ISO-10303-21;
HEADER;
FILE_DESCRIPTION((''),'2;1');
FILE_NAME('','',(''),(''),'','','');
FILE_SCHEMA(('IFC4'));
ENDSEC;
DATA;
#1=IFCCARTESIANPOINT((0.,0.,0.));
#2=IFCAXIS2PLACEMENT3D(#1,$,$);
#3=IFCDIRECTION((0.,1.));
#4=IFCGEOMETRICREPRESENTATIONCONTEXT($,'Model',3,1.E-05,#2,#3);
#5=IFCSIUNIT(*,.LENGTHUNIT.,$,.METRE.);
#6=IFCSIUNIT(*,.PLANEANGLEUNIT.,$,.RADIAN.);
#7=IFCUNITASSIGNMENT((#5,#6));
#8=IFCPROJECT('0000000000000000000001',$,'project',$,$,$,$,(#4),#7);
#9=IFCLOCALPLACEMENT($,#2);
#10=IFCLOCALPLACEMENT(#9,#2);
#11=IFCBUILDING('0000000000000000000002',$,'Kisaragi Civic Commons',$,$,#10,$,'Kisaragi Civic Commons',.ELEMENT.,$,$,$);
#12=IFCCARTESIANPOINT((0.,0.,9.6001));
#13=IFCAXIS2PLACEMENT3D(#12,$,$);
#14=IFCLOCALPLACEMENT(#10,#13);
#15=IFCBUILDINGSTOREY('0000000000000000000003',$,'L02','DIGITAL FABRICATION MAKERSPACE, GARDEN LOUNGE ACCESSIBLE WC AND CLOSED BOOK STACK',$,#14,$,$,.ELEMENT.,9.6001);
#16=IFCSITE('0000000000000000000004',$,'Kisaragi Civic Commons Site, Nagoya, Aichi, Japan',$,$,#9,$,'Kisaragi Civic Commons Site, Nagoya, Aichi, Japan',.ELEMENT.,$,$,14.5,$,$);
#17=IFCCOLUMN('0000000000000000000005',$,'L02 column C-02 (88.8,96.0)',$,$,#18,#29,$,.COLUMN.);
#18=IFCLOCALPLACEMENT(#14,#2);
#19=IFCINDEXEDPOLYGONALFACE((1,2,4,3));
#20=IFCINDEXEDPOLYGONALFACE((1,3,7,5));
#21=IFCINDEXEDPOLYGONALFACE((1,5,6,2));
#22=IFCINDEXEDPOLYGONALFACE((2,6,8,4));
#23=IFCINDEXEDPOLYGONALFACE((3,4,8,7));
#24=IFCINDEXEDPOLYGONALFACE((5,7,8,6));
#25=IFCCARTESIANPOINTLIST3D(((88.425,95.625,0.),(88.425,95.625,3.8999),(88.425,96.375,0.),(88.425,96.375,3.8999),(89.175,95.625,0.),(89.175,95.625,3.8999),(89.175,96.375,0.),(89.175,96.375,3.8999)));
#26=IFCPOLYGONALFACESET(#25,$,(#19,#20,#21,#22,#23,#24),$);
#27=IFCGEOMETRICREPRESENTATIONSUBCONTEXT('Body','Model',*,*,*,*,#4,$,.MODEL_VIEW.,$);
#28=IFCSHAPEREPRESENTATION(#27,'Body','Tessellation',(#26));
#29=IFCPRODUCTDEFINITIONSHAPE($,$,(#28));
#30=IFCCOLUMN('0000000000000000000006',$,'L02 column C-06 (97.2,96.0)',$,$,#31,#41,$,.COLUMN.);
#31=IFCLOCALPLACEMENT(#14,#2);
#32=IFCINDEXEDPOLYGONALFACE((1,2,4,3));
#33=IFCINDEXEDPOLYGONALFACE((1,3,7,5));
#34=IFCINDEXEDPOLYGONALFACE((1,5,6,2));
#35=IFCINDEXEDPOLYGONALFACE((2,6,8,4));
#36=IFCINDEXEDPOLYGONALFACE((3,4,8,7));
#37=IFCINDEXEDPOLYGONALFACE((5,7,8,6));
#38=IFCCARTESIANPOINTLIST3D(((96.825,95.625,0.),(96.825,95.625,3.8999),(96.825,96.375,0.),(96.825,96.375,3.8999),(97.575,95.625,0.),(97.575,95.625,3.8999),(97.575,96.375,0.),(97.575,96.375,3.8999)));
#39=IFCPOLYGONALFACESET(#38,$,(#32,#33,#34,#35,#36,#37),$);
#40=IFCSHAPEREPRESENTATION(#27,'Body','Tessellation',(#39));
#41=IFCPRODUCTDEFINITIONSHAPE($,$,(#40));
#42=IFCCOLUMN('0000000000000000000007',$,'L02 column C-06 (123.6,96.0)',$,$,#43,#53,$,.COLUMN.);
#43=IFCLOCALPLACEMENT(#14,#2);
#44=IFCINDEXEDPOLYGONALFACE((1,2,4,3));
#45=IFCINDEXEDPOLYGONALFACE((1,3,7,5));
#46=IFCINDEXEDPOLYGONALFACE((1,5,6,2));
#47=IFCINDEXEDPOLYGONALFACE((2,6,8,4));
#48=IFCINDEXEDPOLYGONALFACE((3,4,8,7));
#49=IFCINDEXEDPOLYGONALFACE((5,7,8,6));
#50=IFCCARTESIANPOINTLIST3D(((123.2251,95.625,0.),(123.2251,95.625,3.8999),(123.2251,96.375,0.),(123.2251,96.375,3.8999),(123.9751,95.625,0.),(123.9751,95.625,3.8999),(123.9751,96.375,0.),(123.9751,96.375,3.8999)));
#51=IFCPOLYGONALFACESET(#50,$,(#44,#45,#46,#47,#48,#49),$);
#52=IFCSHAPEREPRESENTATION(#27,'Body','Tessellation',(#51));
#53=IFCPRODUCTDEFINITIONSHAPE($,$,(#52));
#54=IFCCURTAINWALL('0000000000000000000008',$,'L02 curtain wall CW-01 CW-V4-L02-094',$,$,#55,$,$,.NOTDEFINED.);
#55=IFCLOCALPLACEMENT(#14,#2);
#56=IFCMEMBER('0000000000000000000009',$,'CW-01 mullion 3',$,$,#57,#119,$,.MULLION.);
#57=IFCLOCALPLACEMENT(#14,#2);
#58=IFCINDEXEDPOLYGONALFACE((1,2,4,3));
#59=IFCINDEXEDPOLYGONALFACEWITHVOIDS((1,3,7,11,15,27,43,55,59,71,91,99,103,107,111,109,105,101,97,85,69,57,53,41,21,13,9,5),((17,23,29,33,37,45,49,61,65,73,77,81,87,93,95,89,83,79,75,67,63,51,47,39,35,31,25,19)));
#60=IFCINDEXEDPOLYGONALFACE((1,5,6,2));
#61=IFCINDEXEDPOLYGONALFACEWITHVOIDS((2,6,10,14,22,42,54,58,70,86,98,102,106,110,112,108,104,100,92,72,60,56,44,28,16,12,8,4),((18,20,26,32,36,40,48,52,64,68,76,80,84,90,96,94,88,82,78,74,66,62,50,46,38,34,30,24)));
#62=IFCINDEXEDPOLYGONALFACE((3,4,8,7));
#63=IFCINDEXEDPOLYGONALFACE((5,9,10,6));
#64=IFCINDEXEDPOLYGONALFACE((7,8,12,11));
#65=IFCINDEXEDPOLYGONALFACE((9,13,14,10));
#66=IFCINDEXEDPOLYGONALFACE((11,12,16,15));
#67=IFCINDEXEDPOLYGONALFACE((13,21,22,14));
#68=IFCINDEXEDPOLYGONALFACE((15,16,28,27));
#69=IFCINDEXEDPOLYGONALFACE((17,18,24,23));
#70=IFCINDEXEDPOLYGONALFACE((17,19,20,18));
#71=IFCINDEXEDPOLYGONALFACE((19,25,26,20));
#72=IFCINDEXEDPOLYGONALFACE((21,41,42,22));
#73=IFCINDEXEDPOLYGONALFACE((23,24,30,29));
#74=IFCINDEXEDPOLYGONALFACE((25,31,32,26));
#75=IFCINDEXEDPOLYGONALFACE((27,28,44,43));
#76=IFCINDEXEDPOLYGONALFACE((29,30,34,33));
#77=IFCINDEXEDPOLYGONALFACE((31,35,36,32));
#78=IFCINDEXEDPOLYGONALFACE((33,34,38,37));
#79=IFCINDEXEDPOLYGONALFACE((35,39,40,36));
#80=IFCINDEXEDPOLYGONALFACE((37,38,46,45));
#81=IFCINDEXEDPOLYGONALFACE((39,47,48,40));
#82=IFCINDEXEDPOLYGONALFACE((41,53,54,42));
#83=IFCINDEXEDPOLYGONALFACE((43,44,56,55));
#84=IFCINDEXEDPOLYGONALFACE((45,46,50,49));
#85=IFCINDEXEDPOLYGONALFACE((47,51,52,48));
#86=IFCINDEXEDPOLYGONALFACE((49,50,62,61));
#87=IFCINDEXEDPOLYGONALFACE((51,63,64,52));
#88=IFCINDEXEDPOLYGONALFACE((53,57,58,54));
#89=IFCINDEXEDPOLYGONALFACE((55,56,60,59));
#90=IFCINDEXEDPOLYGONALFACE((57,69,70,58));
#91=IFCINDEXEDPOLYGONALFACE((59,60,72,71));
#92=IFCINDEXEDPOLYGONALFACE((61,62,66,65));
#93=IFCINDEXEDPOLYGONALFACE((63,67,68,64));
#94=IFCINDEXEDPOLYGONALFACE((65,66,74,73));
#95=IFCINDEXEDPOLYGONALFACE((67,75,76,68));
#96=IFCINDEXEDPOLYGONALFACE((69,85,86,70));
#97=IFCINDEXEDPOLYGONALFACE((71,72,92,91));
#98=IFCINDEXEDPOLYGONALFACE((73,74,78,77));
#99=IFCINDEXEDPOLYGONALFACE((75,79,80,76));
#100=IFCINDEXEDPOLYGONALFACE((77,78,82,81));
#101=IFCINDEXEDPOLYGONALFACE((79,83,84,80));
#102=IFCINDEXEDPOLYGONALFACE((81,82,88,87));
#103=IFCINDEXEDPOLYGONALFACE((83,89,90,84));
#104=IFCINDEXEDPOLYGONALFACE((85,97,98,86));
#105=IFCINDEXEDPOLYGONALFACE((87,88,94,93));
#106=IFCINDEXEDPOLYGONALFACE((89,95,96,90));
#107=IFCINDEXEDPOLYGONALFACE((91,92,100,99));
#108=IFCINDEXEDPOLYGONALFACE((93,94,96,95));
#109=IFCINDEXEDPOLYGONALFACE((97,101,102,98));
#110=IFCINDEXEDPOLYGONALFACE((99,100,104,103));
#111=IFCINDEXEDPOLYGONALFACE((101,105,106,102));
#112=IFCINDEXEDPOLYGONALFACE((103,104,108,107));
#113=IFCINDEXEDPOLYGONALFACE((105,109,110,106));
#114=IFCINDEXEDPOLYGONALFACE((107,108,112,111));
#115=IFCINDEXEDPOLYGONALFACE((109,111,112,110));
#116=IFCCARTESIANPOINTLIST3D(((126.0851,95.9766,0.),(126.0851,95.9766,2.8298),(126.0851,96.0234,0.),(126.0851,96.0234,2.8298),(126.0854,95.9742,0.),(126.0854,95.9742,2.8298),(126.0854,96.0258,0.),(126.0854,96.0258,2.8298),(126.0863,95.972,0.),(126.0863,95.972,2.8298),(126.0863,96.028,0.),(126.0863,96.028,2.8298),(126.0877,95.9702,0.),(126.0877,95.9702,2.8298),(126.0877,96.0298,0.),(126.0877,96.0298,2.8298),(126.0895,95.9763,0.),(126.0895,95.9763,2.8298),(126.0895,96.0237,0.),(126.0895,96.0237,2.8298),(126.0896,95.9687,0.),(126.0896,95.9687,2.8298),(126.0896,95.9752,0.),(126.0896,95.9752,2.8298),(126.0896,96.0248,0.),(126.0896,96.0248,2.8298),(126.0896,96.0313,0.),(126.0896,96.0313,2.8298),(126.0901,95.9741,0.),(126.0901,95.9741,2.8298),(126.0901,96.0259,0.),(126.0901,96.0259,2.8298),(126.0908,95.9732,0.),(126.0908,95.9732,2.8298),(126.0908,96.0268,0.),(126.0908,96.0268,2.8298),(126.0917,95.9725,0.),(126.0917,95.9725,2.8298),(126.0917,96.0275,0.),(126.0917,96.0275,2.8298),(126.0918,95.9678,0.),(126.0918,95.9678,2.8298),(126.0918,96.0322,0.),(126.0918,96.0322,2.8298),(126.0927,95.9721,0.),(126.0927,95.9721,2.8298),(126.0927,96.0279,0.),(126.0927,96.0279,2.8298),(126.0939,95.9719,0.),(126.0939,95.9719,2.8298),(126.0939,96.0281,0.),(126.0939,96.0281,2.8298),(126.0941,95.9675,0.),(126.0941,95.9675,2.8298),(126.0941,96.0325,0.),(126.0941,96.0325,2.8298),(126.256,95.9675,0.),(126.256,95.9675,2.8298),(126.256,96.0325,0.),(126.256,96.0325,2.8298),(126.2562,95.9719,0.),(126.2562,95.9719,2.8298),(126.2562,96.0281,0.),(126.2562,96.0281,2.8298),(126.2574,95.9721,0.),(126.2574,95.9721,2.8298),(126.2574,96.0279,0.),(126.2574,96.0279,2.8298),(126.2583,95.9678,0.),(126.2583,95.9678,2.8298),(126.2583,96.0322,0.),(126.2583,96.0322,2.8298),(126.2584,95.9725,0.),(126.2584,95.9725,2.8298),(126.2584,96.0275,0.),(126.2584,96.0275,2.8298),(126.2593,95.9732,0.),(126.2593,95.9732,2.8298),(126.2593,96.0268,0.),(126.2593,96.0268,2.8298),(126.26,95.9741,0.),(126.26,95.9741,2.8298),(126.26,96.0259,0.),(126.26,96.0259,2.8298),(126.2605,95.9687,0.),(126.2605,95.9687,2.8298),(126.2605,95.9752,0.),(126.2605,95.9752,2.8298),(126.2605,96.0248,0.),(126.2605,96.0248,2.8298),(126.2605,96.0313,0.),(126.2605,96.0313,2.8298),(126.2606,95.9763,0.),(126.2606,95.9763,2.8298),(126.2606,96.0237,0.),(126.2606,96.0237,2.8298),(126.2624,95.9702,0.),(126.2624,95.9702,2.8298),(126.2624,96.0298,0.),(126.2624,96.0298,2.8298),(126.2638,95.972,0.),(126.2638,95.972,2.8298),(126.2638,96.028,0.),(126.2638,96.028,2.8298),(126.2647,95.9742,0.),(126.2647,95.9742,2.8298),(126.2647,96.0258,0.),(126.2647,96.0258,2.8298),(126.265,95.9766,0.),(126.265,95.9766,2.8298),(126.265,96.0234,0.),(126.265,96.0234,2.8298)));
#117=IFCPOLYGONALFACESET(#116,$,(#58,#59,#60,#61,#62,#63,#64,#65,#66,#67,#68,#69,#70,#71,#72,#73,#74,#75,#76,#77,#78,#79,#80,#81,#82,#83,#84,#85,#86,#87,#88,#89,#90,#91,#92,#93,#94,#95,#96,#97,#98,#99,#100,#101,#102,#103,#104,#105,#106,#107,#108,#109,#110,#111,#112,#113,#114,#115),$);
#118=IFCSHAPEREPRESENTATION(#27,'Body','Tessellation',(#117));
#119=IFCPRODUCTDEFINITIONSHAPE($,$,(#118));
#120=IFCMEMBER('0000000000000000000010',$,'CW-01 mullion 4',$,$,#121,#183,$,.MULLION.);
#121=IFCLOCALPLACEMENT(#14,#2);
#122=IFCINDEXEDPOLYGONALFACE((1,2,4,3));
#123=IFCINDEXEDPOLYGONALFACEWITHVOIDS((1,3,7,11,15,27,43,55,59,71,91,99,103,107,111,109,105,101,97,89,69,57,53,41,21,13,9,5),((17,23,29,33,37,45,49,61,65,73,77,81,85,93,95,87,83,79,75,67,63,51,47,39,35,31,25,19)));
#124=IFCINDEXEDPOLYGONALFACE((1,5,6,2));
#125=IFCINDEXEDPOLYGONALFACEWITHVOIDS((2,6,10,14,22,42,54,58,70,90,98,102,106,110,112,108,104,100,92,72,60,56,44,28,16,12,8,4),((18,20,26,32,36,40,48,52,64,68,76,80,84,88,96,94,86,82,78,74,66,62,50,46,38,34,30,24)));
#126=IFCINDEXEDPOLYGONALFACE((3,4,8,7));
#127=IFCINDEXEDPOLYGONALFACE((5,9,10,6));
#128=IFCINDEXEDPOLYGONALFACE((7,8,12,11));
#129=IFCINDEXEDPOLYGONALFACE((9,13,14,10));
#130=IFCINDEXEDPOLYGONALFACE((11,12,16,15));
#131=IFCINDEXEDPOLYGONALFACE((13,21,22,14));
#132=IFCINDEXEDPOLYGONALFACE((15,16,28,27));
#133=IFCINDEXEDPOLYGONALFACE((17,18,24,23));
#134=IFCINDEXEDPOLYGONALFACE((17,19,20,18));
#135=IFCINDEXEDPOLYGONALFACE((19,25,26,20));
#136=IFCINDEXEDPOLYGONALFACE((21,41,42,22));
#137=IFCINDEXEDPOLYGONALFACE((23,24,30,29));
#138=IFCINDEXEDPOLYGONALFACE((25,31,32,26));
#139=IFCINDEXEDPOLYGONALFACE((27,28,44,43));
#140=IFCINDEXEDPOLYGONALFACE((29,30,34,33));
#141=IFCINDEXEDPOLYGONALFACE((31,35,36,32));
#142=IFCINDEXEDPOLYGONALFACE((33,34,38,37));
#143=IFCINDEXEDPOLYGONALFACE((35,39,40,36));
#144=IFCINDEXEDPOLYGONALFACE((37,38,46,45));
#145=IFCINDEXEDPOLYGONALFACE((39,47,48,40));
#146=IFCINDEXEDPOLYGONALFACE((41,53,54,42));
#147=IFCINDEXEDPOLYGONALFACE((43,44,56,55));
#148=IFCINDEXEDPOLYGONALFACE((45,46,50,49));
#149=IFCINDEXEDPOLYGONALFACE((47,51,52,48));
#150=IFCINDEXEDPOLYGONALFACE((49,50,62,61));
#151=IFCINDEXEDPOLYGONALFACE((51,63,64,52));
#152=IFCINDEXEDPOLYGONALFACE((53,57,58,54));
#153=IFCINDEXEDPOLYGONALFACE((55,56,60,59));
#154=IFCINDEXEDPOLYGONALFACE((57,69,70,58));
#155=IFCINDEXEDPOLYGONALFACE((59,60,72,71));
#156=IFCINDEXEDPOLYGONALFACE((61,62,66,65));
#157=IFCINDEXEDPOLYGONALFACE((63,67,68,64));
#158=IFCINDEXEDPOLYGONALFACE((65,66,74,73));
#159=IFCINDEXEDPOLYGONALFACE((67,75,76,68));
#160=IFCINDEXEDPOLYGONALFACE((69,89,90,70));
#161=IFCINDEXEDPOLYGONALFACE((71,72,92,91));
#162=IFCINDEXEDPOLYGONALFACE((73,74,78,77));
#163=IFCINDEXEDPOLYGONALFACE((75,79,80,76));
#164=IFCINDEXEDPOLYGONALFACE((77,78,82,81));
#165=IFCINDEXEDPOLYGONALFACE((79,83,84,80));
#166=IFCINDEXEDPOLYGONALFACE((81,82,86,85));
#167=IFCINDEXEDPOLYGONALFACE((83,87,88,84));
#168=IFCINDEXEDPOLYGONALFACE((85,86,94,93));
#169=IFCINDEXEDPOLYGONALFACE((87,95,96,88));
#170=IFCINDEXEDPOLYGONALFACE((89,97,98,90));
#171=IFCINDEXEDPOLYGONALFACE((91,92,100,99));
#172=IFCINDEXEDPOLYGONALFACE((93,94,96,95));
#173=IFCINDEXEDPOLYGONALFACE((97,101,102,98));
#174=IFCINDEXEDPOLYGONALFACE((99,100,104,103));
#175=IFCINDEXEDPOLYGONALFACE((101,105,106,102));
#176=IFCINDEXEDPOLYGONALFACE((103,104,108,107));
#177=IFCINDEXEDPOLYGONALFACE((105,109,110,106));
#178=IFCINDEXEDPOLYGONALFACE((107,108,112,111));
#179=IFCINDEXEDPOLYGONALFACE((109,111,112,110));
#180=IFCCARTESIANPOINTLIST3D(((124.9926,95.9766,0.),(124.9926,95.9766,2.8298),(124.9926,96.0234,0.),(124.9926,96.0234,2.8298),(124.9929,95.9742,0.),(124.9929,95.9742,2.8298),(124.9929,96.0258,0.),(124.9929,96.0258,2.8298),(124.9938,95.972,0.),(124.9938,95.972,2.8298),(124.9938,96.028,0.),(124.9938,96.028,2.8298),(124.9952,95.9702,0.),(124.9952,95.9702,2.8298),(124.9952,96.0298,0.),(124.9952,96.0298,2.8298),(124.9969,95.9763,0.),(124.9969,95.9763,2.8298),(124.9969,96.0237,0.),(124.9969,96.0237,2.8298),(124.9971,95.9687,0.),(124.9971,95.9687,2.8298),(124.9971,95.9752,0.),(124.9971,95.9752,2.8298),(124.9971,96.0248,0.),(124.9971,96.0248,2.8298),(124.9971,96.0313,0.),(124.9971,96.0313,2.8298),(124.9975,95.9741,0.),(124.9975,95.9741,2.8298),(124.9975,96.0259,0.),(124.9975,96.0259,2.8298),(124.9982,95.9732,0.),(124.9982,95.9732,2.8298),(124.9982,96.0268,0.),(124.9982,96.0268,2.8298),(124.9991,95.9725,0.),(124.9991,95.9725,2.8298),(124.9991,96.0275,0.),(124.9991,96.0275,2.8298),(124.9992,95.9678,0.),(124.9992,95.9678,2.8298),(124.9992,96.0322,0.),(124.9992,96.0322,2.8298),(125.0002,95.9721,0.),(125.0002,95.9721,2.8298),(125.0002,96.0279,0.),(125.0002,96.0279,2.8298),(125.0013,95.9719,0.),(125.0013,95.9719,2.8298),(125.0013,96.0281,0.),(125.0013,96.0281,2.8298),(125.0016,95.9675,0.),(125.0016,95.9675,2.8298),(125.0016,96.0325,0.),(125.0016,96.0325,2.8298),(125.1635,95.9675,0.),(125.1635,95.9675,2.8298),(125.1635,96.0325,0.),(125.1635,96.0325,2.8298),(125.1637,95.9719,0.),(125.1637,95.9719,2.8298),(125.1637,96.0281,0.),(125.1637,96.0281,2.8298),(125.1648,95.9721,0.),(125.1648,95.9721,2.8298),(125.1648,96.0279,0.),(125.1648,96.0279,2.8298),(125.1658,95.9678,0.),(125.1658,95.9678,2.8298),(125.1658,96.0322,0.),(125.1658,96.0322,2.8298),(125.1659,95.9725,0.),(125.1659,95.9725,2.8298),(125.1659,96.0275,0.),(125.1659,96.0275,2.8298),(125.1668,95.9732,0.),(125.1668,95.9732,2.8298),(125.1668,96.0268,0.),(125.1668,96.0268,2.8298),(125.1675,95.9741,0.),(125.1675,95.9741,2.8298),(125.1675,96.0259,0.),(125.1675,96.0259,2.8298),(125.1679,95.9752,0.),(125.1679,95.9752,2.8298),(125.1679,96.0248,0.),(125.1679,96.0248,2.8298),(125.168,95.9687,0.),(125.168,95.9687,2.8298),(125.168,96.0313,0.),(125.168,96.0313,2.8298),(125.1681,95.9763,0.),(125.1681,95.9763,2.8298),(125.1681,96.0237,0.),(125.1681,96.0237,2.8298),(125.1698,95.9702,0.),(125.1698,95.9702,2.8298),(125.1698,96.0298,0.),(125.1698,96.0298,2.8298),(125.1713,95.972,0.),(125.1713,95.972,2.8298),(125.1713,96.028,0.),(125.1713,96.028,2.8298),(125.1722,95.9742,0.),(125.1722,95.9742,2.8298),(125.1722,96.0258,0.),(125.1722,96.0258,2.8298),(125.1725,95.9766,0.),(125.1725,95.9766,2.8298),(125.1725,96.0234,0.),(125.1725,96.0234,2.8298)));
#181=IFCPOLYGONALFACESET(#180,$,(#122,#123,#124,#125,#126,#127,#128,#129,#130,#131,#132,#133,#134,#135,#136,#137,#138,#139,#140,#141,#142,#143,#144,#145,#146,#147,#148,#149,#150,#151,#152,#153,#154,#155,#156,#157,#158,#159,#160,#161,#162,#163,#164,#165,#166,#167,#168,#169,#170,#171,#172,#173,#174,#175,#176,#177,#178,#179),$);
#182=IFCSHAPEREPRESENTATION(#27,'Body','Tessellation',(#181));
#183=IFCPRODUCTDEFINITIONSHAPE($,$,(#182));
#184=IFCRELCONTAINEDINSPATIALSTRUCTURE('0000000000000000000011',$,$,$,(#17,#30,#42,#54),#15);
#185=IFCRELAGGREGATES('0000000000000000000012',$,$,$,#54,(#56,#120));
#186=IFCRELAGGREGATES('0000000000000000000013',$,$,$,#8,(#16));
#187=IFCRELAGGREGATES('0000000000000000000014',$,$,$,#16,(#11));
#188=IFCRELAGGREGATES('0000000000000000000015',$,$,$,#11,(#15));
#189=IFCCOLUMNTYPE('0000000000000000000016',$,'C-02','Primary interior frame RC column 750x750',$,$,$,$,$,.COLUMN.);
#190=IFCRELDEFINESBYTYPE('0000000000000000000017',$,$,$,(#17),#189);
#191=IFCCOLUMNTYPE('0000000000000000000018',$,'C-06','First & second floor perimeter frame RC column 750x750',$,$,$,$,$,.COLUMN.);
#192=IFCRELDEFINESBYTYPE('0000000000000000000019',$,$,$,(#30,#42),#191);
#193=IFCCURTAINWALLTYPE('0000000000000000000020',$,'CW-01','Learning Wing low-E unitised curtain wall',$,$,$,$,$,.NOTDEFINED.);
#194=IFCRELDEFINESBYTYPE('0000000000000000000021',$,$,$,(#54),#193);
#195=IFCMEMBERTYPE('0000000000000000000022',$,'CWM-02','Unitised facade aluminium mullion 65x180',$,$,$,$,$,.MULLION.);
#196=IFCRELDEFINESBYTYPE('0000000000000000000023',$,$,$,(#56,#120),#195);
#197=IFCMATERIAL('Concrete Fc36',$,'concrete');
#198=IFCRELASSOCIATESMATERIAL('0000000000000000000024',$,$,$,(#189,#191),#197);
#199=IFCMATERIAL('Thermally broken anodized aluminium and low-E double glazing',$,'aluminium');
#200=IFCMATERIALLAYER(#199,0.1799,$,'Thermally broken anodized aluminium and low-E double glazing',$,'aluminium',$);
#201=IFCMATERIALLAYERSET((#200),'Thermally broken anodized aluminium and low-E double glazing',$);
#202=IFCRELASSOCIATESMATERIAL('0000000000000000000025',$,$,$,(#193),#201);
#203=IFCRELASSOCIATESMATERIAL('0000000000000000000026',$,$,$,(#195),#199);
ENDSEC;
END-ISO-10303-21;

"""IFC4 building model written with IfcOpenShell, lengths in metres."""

from ifc_helpers import new_model, si_unit, direction, frame, origin, origin_2d, place, context, subcontext, project, spatial, rectangle, hollow_rectangle, extrude, material, layer, layer_set, material_profile, profile_set, type_object, element, aggregate, save


model = new_model("IFC4")

# Units and contexts
model_context = context("Model", 3, precision=1e-05, world=origin(), true_north=direction((0.0, 1.0)))
body_context = subcontext(model_context, "Body", "Model", "MODEL_VIEW")
ifc_project = project(units=[si_unit("LENGTHUNIT", "METRE"), si_unit("PLANEANGLEUNIT", "RADIAN")], contexts=[model_context])

# Site, building, storey
site_placement = place(None, origin())
site = spatial("IfcSite", under=ifc_project, at=site_placement, Name="Kisaragi Civic Commons Site, Nagoya, Aichi, Japan", LongName="Kisaragi Civic Commons Site, Nagoya, Aichi, Japan", CompositionType="ELEMENT", RefElevation=14.5)
building_placement = place(site_placement, origin())
building = spatial("IfcBuilding", under=site, at=building_placement, Name="Kisaragi Civic Commons", LongName="Kisaragi Civic Commons", CompositionType="ELEMENT")
storey_placement = place(building_placement, frame((0.0, 0.0, 9.6001)))
storey = spatial("IfcBuildingStorey", under=building, at=storey_placement, Name="L02", Description="DIGITAL FABRICATION MAKERSPACE, GARDEN LOUNGE ACCESSIBLE WC AND CLOSED BOOK STACK", CompositionType="ELEMENT", Elevation=9.6001)

# Columns
ifc_material_1 = material(Name="Concrete Fc36", Category="concrete")
ifc_material_profile_1 = material_profile(ifc_material_1, rectangle(XDim=0.75, YDim=0.75, at=origin_2d()), Name="RC-750x750", Category="concrete")
ifc_profile_set_1 = profile_set([ifc_material_profile_1], Name="Concrete Fc36")
column_type_1 = type_object("IfcColumnType", Name="C-02", Description="Primary interior frame RC column 750x750", PredefinedType="COLUMN", material=ifc_profile_set_1)
column_placement = place(storey_placement, frame((88.8, 96.0, 0.0), z_axis=(0.0, 0.0, 1.0), x_axis=(1.0, 0.0, 0.0)))
element("IfcColumn", 1, at=column_placement, inside=storey, type_object=column_type_1, Name="L02 column C-02 (88.8,96.0)", PredefinedType="COLUMN", context=body_context, shape_type="SweptSolid", body=[
    extrude(rectangle(XDim=0.75, YDim=0.75, at=origin_2d()), origin(), (0.0, 0.0, 1.0), 3.8999),
])
ifc_material_profile_2 = material_profile(ifc_material_1, rectangle(XDim=0.75, YDim=0.75, at=origin_2d()), Name="RC-750x750", Category="concrete")
ifc_profile_set_2 = profile_set([ifc_material_profile_2], Name="Concrete Fc36")
column_type_2 = type_object("IfcColumnType", Name="C-06", Description="First & second floor perimeter frame RC column 750x750", PredefinedType="COLUMN", material=ifc_profile_set_2)
for number, where, z_axis, x_axis, name in (
    (2, (97.2, 96.0, 0.0), (0.0, 0.0, 1.0), (1.0, 0.0, 0.0), "L02 column C-06 (97.2,96.0)"),
    (3, (123.6001, 96.0, 0.0), (0.0, 0.0, 1.0), (1.0, 0.0, 0.0), "L02 column C-06 (123.6,96.0)"),
):
    element("IfcColumn", number, at=place(storey_placement, frame(where, z_axis=z_axis, x_axis=x_axis)), inside=storey, type_object=column_type_2, Name=name, PredefinedType="COLUMN", context=body_context, shape_type="SweptSolid", body=[
        extrude(rectangle(XDim=0.75, YDim=0.75, at=origin_2d()), origin(), (0.0, 0.0, 1.0), 3.8999),
    ])

# Curtain wall, members
ifc_material_2 = material(Name="Thermally broken anodized aluminium and low-E double glazing", Category="aluminium")
ifc_layer_1 = layer(ifc_material_2, 0.1799, Name="Thermally broken anodized aluminium and low-E double glazing", Category="aluminium")
ifc_layer_set_1 = layer_set([ifc_layer_1], Name="Thermally broken anodized aluminium and low-E double glazing")
curtain_wall_type = type_object("IfcCurtainWallType", Name="CW-01", Description="Learning Wing low-E unitised curtain wall", PredefinedType="NOTDEFINED", material=ifc_layer_set_1)
curtain_wall_placement = place(storey_placement, origin())
curtain_wall = element("IfcCurtainWall", 4, at=curtain_wall_placement, inside=storey, type_object=curtain_wall_type, Name="L02 curtain wall CW-01 CW-V4-L02-094", PredefinedType="NOTDEFINED")
ifc_material_profile_3 = material_profile(ifc_material_2, hollow_rectangle(XDim=0.0649, YDim=0.1799, WallThickness=0.0044, InnerFilletRadius=0.0044, OuterFilletRadius=0.009, at=origin_2d()), Name="CWM-65x180x4.5", Category="aluminium")
ifc_profile_set_3 = profile_set([ifc_material_profile_3], Name="Thermally broken anodized aluminium and low-E double glazing")
member_type_1 = type_object("IfcMemberType", Name="CWM-02", Description="Unitised facade aluminium mullion 65x180", PredefinedType="MULLION", material=ifc_profile_set_3)
member_1_placement = place(storey_placement, frame((126.175, 96.0, 0.0), z_axis=(0.0, 0.0, 1.0), x_axis=(0.0, -1.0, 0.0)))
member_1 = element("IfcMember", 5, at=member_1_placement, type_object=member_type_1, Name="CW-01 mullion 3", PredefinedType="MULLION", context=body_context, shape_type="SweptSolid", body=[
    extrude(hollow_rectangle(XDim=0.0649, YDim=0.1799, WallThickness=0.0044, InnerFilletRadius=0.0044, OuterFilletRadius=0.009, at=origin_2d()), origin(), (0.0, 0.0, 1.0), 2.8298),
])
member_2_placement = place(storey_placement, frame((125.0825, 96.0, 0.0), z_axis=(0.0, 0.0, 1.0), x_axis=(0.0, -1.0, 0.0)))
member_2 = element("IfcMember", 6, at=member_2_placement, type_object=member_type_1, Name="CW-01 mullion 4", PredefinedType="MULLION", context=body_context, shape_type="SweptSolid", body=[
    extrude(hollow_rectangle(XDim=0.0649, YDim=0.1799, WallThickness=0.0044, InnerFilletRadius=0.0044, OuterFilletRadius=0.009, at=origin_2d()), origin(), (0.0, 0.0, 1.0), 2.8298),
])

aggregate(curtain_wall, [member_1, member_2])

save(model, "model.ifc")
